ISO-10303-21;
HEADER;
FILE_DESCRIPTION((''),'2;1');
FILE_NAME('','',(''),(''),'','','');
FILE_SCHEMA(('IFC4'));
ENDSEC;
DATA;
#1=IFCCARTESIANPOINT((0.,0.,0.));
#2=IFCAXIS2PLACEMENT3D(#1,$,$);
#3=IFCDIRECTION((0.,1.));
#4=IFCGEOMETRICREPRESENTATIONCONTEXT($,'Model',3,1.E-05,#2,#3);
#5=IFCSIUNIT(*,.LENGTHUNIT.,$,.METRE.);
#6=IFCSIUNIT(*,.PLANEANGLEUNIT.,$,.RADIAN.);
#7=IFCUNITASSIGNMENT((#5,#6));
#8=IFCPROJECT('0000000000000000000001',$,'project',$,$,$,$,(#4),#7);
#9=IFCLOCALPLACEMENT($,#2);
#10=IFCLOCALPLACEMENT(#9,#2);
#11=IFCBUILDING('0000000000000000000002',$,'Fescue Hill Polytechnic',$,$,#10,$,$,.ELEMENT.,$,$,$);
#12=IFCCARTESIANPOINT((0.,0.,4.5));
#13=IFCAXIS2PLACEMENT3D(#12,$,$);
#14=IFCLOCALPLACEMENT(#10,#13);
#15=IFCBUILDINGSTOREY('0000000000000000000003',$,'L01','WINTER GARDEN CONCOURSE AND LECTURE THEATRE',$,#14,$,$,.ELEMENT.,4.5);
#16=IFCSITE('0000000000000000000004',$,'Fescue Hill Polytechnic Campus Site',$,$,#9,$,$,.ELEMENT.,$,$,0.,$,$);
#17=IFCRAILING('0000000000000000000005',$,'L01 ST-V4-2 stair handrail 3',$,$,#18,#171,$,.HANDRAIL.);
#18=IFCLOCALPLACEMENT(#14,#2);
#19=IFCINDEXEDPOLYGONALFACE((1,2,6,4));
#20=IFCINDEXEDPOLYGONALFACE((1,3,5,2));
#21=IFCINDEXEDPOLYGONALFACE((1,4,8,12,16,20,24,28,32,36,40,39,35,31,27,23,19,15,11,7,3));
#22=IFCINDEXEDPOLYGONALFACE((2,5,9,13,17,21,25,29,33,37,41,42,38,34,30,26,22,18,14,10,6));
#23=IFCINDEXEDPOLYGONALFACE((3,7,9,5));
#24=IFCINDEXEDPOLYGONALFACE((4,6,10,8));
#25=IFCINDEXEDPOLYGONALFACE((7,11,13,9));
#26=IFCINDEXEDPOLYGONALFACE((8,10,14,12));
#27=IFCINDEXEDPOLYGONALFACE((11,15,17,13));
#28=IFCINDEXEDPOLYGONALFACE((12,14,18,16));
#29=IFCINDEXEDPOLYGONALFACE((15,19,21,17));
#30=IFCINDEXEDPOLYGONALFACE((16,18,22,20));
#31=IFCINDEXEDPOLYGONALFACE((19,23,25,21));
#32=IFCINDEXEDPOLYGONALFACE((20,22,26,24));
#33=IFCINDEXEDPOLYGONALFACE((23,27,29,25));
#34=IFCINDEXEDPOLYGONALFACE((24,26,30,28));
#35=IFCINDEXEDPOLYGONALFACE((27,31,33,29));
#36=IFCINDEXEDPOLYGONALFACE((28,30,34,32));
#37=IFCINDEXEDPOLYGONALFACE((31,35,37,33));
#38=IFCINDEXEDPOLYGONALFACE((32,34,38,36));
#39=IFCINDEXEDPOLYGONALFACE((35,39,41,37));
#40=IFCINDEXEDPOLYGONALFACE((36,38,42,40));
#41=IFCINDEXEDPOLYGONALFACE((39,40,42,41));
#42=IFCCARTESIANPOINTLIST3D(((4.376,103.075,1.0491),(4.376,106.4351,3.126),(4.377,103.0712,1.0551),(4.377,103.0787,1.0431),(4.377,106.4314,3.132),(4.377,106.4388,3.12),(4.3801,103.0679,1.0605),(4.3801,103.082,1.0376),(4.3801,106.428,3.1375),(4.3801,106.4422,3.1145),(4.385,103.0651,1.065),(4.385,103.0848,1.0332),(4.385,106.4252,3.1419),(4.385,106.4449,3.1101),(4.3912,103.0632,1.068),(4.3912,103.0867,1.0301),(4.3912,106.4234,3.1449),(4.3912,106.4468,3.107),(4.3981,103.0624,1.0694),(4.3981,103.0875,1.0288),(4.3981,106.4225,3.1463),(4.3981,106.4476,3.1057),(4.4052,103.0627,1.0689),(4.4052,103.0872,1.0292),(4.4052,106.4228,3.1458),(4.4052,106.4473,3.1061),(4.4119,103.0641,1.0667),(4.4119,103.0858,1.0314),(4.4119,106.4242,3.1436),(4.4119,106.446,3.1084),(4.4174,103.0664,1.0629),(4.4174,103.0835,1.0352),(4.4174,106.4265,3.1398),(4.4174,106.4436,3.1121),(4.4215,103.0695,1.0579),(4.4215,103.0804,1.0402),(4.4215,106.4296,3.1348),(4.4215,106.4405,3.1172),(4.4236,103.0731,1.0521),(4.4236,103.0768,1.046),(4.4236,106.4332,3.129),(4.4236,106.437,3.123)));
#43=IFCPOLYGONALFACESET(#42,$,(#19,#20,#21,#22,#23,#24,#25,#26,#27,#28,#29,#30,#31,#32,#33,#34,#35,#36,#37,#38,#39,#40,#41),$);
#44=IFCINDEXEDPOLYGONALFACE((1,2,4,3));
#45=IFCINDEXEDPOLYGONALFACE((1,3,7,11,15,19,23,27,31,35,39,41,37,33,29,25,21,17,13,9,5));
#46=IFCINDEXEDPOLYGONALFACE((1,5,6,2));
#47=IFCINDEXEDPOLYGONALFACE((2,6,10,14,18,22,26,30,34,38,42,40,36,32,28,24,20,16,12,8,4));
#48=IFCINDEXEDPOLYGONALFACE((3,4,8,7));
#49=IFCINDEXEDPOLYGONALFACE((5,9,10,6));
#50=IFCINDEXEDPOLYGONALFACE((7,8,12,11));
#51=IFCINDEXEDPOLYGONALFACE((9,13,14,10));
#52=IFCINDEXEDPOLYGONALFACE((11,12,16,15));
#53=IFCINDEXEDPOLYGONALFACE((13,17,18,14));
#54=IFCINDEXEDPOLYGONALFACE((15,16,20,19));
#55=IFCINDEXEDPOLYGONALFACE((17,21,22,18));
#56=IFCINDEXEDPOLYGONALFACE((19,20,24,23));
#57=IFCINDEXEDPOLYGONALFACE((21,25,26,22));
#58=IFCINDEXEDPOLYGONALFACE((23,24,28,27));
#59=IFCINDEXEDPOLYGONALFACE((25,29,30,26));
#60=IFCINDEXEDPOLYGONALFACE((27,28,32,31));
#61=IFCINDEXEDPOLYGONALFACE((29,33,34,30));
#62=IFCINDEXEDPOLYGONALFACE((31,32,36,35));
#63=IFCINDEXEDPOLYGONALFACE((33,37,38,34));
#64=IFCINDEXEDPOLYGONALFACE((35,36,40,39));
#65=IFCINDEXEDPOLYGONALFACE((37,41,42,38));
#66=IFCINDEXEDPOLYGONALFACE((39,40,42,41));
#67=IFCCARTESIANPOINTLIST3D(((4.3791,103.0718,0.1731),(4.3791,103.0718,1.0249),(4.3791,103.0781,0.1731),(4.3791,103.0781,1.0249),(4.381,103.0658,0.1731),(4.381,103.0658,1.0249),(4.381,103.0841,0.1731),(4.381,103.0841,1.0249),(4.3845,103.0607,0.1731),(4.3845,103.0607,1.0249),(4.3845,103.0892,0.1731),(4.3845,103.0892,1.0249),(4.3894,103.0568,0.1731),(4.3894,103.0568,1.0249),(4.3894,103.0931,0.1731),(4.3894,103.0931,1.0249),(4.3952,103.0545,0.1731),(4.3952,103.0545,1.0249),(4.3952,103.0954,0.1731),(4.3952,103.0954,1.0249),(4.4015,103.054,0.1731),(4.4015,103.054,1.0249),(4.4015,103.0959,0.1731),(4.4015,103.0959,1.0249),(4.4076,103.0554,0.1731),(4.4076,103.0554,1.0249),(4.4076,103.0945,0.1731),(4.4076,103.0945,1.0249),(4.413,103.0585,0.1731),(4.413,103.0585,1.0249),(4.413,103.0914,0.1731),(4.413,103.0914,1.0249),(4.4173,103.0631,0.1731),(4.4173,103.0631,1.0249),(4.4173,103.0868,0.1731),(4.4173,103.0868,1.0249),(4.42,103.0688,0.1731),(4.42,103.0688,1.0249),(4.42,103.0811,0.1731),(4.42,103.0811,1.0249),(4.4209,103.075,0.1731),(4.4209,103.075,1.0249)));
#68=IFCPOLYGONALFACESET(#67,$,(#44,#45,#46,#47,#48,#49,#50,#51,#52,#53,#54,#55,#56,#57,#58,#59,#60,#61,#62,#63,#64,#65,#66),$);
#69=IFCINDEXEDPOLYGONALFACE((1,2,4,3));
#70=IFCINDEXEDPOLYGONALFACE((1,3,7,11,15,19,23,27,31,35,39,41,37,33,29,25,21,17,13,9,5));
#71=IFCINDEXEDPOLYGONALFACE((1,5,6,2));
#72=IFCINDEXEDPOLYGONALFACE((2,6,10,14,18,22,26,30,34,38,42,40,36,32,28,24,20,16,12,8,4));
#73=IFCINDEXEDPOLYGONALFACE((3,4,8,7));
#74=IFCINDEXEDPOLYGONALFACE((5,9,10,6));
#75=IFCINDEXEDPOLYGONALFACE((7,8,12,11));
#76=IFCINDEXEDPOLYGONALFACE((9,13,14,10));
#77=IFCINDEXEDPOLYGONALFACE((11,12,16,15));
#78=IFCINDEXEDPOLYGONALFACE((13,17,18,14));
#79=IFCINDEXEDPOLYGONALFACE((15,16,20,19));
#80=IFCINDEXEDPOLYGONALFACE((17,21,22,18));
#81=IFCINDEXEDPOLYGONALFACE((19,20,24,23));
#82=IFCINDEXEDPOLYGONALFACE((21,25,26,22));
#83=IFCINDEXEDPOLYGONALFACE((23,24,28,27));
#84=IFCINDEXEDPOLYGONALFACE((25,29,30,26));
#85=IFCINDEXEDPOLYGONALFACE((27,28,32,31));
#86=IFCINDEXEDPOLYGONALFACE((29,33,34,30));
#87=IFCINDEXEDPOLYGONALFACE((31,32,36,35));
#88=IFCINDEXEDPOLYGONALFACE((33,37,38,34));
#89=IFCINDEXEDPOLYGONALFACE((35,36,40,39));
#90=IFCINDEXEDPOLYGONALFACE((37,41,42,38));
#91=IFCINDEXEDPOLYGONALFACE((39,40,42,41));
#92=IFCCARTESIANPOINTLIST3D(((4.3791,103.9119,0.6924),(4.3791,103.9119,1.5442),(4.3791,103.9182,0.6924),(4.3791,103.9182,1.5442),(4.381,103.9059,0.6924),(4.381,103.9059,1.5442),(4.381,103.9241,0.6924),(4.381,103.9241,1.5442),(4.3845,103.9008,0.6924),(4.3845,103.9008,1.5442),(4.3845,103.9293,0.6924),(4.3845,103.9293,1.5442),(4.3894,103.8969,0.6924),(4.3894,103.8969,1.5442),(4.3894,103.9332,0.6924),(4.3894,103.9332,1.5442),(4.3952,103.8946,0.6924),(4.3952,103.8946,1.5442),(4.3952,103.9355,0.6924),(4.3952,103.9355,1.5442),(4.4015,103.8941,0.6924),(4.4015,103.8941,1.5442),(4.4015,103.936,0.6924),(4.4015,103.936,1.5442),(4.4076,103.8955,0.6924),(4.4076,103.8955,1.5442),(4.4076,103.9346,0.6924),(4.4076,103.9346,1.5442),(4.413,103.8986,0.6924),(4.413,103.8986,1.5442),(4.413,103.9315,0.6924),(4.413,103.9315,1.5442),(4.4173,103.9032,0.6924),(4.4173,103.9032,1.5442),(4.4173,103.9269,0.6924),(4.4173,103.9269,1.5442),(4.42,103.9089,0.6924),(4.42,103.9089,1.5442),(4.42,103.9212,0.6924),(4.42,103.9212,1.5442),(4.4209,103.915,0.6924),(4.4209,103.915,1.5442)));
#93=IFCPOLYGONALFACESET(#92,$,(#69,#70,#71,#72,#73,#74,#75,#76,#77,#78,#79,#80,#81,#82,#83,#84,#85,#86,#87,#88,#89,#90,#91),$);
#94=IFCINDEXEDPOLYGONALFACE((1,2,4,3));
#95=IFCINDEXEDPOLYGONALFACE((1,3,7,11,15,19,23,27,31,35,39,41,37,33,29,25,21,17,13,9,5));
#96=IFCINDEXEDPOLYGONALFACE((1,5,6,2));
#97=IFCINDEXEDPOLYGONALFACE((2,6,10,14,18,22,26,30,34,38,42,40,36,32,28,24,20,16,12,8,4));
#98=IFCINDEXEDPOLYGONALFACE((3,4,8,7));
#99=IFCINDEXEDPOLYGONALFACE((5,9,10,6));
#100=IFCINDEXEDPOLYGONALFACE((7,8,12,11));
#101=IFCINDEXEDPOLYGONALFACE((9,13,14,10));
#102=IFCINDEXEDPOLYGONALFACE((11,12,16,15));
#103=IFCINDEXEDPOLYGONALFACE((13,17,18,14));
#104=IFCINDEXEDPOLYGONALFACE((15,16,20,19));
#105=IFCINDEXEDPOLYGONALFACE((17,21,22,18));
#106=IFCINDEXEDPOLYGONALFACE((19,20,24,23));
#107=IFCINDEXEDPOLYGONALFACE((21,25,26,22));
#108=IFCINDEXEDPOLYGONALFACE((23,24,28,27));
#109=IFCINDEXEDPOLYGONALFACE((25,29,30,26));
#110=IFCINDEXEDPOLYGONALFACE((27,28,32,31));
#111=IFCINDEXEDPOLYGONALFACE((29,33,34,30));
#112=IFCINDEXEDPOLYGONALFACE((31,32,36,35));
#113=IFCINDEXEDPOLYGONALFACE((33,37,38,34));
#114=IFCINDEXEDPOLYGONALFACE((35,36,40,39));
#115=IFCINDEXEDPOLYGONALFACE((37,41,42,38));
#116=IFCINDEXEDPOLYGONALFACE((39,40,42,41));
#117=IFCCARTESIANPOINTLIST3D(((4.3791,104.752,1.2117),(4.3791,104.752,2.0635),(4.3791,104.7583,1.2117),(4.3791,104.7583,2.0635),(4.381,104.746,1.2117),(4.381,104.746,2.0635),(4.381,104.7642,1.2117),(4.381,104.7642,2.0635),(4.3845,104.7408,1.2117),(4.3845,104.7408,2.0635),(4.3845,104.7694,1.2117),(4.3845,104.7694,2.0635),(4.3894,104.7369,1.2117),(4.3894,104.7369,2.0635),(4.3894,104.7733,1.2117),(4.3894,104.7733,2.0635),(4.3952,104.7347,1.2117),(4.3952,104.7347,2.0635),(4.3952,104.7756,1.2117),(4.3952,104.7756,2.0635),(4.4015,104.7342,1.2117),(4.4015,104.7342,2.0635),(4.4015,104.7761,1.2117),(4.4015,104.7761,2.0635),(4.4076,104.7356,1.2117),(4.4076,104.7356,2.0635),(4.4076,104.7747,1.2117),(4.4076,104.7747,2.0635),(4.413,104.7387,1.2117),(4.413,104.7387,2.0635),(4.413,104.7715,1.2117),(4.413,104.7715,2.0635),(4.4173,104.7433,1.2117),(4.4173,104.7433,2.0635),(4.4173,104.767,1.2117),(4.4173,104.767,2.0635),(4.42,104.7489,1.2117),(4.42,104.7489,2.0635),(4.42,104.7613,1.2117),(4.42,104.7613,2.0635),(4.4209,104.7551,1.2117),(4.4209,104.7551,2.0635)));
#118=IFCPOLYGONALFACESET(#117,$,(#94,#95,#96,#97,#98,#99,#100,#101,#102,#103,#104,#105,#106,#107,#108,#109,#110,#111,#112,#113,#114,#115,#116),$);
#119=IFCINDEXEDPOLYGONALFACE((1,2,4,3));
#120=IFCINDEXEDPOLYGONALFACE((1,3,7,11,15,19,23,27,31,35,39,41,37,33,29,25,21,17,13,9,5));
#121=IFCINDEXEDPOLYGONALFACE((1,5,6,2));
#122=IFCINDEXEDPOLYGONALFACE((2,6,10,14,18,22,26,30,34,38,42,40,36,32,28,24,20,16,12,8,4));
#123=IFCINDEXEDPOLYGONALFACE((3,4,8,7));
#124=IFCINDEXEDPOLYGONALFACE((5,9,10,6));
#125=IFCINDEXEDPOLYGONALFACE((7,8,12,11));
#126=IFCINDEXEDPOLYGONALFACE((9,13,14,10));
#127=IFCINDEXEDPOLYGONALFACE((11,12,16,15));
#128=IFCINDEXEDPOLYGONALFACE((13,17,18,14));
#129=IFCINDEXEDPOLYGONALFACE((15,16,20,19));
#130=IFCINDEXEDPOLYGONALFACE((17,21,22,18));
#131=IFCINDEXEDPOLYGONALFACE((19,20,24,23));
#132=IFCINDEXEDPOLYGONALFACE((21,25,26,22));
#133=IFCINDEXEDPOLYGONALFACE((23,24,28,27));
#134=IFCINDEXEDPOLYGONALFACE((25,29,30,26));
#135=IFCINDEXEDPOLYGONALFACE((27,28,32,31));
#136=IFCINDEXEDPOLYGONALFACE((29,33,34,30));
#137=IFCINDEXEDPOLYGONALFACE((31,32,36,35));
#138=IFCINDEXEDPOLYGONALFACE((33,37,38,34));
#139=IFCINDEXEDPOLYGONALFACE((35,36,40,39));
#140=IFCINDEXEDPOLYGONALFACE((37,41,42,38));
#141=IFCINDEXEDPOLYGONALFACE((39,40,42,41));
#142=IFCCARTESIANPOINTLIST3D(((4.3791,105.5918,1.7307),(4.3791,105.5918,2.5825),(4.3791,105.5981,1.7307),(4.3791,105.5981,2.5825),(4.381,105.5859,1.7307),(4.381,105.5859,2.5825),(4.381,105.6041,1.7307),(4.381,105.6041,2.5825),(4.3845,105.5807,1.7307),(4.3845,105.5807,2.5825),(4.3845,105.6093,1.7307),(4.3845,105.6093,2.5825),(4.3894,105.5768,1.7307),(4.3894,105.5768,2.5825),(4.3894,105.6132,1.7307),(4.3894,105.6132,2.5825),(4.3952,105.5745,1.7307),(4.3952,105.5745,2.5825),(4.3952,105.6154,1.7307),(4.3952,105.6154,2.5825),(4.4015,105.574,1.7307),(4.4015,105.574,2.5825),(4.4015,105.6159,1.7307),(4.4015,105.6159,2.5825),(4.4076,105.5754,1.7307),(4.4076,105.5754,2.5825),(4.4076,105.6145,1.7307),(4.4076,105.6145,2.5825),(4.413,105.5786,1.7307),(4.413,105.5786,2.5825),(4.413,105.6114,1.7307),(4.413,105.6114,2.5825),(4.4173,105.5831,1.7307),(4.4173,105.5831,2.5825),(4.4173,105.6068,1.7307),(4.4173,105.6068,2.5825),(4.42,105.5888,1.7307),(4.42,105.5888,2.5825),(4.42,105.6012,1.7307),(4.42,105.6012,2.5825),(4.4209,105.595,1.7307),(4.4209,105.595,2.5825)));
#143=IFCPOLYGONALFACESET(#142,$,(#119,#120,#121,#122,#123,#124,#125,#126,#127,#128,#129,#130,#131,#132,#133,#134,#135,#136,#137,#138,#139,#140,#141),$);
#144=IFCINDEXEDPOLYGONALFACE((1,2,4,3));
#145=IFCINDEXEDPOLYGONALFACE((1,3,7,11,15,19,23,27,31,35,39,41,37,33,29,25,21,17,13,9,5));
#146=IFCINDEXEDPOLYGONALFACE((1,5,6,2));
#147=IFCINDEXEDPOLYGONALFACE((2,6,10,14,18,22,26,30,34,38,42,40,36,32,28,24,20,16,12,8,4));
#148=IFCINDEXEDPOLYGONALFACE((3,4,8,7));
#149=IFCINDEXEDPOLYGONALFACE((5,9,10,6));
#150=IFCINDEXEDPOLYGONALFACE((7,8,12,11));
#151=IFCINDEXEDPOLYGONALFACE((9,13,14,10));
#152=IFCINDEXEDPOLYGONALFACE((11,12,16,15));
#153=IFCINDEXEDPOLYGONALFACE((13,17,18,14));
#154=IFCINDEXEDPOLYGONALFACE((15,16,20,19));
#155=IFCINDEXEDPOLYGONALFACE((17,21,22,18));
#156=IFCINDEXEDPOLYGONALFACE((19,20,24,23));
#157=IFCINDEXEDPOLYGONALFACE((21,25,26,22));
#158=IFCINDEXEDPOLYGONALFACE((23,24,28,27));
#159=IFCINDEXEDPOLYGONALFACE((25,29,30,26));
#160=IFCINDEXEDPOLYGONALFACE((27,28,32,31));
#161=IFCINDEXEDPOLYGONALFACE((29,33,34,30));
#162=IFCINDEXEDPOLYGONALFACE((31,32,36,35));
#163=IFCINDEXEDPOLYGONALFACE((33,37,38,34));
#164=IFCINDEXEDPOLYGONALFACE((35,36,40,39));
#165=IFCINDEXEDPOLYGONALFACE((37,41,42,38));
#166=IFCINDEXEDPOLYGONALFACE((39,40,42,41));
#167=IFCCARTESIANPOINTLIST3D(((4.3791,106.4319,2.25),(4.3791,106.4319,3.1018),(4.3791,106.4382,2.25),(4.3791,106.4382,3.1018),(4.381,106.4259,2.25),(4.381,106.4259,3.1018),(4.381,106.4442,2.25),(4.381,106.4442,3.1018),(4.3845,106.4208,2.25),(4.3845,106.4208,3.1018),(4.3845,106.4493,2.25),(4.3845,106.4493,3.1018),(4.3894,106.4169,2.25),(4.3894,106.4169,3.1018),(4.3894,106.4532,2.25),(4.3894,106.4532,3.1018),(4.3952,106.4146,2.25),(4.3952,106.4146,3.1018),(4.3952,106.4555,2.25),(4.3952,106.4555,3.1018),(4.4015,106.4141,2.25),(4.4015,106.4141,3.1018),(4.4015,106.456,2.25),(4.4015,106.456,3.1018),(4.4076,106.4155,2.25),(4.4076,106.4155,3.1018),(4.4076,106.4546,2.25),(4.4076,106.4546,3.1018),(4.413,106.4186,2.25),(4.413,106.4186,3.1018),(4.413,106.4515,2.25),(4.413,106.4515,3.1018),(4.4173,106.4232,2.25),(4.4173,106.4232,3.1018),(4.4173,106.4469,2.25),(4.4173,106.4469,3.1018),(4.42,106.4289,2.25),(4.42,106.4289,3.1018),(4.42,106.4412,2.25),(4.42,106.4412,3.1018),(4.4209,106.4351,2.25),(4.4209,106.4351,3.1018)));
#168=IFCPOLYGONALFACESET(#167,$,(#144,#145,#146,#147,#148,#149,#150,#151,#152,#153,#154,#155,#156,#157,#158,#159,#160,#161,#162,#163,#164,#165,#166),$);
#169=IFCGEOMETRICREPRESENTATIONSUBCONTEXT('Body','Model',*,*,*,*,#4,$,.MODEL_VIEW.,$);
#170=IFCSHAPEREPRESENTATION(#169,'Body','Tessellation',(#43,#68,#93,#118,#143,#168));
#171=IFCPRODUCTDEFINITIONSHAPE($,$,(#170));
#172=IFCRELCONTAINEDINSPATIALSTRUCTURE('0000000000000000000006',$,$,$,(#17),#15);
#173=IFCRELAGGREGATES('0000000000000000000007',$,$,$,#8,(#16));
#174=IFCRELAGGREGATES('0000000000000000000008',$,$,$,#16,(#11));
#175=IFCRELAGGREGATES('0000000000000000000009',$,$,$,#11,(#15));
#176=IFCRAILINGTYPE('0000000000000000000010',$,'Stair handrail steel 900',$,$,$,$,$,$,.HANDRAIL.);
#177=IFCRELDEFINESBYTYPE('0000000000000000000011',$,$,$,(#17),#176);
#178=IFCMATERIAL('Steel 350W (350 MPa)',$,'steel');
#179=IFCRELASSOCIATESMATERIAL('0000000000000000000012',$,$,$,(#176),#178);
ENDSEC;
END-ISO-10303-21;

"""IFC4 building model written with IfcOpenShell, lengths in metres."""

from ifc_helpers import new_model, si_unit, direction, frame, origin, origin_2d, place, context, subcontext, project, spatial, circle, extrude, material, type_object, element, save


model = new_model("IFC4")

# Units and contexts
model_context = context("Model", 3, precision=1e-05, world=origin(), true_north=direction((0.0, 1.0)))
body_context = subcontext(model_context, "Body", "Model", "MODEL_VIEW")
ifc_project = project(units=[si_unit("LENGTHUNIT", "METRE"), si_unit("PLANEANGLEUNIT", "RADIAN")], contexts=[model_context])

# Site, building, storey
site_placement = place(None, origin())
site = spatial("IfcSite", under=ifc_project, at=site_placement, Name="Fescue Hill Polytechnic Campus Site", CompositionType="ELEMENT", RefElevation=0.0)
building_placement = place(site_placement, origin())
building = spatial("IfcBuilding", under=site, at=building_placement, Name="Fescue Hill Polytechnic", CompositionType="ELEMENT")
storey_placement = place(building_placement, frame((0.0, 0.0, 4.5)))
storey = spatial("IfcBuildingStorey", under=building, at=storey_placement, Name="L01", Description="WINTER GARDEN CONCOURSE AND LECTURE THEATRE", CompositionType="ELEMENT", Elevation=4.5)

# Railing
ifc_material_1 = material(Name="Steel 350W (350 MPa)", Category="steel")
railing_type_1 = type_object("IfcRailingType", Name="Stair handrail steel 900", PredefinedType="HANDRAIL", material=ifc_material_1)
railing_1_placement = place(storey_placement, frame((4.3999, 103.075, 0.1731)))
element("IfcRailing", 1, at=railing_1_placement, inside=storey, type_object=railing_type_1, Name="L01 ST-V4-2 stair handrail 3", PredefinedType="HANDRAIL", context=body_context, shape_type="SweptSolid", body=[
    extrude(circle(Radius=0.0239, at=origin_2d()), frame((0.0, 0.0, 0.876), z_axis=(0.0, 0.850623, 0.525776), x_axis=(-1.0, 0.0, 0.0)), (0.0, 0.0, 1.0), 3.9502),
    extrude(circle(Radius=0.021, at=origin_2d()), origin(), (0.0, 0.0, 1.0), 0.8518),
    extrude(circle(Radius=0.021, at=origin_2d()), frame((0.0, 0.8401, 0.5193)), (0.0, 0.0, 1.0), 0.8518),
    extrude(circle(Radius=0.021, at=origin_2d()), frame((0.0, 1.6802, 1.0386)), (0.0, 0.0, 1.0), 0.8518),
    extrude(circle(Radius=0.021, at=origin_2d()), frame((0.0, 2.52, 1.5576)), (0.0, 0.0, 1.0), 0.8518),
    extrude(circle(Radius=0.021, at=origin_2d()), frame((0.0, 3.3601, 2.0769)), (0.0, 0.0, 1.0), 0.8518),
])

save(model, "model.ifc")
